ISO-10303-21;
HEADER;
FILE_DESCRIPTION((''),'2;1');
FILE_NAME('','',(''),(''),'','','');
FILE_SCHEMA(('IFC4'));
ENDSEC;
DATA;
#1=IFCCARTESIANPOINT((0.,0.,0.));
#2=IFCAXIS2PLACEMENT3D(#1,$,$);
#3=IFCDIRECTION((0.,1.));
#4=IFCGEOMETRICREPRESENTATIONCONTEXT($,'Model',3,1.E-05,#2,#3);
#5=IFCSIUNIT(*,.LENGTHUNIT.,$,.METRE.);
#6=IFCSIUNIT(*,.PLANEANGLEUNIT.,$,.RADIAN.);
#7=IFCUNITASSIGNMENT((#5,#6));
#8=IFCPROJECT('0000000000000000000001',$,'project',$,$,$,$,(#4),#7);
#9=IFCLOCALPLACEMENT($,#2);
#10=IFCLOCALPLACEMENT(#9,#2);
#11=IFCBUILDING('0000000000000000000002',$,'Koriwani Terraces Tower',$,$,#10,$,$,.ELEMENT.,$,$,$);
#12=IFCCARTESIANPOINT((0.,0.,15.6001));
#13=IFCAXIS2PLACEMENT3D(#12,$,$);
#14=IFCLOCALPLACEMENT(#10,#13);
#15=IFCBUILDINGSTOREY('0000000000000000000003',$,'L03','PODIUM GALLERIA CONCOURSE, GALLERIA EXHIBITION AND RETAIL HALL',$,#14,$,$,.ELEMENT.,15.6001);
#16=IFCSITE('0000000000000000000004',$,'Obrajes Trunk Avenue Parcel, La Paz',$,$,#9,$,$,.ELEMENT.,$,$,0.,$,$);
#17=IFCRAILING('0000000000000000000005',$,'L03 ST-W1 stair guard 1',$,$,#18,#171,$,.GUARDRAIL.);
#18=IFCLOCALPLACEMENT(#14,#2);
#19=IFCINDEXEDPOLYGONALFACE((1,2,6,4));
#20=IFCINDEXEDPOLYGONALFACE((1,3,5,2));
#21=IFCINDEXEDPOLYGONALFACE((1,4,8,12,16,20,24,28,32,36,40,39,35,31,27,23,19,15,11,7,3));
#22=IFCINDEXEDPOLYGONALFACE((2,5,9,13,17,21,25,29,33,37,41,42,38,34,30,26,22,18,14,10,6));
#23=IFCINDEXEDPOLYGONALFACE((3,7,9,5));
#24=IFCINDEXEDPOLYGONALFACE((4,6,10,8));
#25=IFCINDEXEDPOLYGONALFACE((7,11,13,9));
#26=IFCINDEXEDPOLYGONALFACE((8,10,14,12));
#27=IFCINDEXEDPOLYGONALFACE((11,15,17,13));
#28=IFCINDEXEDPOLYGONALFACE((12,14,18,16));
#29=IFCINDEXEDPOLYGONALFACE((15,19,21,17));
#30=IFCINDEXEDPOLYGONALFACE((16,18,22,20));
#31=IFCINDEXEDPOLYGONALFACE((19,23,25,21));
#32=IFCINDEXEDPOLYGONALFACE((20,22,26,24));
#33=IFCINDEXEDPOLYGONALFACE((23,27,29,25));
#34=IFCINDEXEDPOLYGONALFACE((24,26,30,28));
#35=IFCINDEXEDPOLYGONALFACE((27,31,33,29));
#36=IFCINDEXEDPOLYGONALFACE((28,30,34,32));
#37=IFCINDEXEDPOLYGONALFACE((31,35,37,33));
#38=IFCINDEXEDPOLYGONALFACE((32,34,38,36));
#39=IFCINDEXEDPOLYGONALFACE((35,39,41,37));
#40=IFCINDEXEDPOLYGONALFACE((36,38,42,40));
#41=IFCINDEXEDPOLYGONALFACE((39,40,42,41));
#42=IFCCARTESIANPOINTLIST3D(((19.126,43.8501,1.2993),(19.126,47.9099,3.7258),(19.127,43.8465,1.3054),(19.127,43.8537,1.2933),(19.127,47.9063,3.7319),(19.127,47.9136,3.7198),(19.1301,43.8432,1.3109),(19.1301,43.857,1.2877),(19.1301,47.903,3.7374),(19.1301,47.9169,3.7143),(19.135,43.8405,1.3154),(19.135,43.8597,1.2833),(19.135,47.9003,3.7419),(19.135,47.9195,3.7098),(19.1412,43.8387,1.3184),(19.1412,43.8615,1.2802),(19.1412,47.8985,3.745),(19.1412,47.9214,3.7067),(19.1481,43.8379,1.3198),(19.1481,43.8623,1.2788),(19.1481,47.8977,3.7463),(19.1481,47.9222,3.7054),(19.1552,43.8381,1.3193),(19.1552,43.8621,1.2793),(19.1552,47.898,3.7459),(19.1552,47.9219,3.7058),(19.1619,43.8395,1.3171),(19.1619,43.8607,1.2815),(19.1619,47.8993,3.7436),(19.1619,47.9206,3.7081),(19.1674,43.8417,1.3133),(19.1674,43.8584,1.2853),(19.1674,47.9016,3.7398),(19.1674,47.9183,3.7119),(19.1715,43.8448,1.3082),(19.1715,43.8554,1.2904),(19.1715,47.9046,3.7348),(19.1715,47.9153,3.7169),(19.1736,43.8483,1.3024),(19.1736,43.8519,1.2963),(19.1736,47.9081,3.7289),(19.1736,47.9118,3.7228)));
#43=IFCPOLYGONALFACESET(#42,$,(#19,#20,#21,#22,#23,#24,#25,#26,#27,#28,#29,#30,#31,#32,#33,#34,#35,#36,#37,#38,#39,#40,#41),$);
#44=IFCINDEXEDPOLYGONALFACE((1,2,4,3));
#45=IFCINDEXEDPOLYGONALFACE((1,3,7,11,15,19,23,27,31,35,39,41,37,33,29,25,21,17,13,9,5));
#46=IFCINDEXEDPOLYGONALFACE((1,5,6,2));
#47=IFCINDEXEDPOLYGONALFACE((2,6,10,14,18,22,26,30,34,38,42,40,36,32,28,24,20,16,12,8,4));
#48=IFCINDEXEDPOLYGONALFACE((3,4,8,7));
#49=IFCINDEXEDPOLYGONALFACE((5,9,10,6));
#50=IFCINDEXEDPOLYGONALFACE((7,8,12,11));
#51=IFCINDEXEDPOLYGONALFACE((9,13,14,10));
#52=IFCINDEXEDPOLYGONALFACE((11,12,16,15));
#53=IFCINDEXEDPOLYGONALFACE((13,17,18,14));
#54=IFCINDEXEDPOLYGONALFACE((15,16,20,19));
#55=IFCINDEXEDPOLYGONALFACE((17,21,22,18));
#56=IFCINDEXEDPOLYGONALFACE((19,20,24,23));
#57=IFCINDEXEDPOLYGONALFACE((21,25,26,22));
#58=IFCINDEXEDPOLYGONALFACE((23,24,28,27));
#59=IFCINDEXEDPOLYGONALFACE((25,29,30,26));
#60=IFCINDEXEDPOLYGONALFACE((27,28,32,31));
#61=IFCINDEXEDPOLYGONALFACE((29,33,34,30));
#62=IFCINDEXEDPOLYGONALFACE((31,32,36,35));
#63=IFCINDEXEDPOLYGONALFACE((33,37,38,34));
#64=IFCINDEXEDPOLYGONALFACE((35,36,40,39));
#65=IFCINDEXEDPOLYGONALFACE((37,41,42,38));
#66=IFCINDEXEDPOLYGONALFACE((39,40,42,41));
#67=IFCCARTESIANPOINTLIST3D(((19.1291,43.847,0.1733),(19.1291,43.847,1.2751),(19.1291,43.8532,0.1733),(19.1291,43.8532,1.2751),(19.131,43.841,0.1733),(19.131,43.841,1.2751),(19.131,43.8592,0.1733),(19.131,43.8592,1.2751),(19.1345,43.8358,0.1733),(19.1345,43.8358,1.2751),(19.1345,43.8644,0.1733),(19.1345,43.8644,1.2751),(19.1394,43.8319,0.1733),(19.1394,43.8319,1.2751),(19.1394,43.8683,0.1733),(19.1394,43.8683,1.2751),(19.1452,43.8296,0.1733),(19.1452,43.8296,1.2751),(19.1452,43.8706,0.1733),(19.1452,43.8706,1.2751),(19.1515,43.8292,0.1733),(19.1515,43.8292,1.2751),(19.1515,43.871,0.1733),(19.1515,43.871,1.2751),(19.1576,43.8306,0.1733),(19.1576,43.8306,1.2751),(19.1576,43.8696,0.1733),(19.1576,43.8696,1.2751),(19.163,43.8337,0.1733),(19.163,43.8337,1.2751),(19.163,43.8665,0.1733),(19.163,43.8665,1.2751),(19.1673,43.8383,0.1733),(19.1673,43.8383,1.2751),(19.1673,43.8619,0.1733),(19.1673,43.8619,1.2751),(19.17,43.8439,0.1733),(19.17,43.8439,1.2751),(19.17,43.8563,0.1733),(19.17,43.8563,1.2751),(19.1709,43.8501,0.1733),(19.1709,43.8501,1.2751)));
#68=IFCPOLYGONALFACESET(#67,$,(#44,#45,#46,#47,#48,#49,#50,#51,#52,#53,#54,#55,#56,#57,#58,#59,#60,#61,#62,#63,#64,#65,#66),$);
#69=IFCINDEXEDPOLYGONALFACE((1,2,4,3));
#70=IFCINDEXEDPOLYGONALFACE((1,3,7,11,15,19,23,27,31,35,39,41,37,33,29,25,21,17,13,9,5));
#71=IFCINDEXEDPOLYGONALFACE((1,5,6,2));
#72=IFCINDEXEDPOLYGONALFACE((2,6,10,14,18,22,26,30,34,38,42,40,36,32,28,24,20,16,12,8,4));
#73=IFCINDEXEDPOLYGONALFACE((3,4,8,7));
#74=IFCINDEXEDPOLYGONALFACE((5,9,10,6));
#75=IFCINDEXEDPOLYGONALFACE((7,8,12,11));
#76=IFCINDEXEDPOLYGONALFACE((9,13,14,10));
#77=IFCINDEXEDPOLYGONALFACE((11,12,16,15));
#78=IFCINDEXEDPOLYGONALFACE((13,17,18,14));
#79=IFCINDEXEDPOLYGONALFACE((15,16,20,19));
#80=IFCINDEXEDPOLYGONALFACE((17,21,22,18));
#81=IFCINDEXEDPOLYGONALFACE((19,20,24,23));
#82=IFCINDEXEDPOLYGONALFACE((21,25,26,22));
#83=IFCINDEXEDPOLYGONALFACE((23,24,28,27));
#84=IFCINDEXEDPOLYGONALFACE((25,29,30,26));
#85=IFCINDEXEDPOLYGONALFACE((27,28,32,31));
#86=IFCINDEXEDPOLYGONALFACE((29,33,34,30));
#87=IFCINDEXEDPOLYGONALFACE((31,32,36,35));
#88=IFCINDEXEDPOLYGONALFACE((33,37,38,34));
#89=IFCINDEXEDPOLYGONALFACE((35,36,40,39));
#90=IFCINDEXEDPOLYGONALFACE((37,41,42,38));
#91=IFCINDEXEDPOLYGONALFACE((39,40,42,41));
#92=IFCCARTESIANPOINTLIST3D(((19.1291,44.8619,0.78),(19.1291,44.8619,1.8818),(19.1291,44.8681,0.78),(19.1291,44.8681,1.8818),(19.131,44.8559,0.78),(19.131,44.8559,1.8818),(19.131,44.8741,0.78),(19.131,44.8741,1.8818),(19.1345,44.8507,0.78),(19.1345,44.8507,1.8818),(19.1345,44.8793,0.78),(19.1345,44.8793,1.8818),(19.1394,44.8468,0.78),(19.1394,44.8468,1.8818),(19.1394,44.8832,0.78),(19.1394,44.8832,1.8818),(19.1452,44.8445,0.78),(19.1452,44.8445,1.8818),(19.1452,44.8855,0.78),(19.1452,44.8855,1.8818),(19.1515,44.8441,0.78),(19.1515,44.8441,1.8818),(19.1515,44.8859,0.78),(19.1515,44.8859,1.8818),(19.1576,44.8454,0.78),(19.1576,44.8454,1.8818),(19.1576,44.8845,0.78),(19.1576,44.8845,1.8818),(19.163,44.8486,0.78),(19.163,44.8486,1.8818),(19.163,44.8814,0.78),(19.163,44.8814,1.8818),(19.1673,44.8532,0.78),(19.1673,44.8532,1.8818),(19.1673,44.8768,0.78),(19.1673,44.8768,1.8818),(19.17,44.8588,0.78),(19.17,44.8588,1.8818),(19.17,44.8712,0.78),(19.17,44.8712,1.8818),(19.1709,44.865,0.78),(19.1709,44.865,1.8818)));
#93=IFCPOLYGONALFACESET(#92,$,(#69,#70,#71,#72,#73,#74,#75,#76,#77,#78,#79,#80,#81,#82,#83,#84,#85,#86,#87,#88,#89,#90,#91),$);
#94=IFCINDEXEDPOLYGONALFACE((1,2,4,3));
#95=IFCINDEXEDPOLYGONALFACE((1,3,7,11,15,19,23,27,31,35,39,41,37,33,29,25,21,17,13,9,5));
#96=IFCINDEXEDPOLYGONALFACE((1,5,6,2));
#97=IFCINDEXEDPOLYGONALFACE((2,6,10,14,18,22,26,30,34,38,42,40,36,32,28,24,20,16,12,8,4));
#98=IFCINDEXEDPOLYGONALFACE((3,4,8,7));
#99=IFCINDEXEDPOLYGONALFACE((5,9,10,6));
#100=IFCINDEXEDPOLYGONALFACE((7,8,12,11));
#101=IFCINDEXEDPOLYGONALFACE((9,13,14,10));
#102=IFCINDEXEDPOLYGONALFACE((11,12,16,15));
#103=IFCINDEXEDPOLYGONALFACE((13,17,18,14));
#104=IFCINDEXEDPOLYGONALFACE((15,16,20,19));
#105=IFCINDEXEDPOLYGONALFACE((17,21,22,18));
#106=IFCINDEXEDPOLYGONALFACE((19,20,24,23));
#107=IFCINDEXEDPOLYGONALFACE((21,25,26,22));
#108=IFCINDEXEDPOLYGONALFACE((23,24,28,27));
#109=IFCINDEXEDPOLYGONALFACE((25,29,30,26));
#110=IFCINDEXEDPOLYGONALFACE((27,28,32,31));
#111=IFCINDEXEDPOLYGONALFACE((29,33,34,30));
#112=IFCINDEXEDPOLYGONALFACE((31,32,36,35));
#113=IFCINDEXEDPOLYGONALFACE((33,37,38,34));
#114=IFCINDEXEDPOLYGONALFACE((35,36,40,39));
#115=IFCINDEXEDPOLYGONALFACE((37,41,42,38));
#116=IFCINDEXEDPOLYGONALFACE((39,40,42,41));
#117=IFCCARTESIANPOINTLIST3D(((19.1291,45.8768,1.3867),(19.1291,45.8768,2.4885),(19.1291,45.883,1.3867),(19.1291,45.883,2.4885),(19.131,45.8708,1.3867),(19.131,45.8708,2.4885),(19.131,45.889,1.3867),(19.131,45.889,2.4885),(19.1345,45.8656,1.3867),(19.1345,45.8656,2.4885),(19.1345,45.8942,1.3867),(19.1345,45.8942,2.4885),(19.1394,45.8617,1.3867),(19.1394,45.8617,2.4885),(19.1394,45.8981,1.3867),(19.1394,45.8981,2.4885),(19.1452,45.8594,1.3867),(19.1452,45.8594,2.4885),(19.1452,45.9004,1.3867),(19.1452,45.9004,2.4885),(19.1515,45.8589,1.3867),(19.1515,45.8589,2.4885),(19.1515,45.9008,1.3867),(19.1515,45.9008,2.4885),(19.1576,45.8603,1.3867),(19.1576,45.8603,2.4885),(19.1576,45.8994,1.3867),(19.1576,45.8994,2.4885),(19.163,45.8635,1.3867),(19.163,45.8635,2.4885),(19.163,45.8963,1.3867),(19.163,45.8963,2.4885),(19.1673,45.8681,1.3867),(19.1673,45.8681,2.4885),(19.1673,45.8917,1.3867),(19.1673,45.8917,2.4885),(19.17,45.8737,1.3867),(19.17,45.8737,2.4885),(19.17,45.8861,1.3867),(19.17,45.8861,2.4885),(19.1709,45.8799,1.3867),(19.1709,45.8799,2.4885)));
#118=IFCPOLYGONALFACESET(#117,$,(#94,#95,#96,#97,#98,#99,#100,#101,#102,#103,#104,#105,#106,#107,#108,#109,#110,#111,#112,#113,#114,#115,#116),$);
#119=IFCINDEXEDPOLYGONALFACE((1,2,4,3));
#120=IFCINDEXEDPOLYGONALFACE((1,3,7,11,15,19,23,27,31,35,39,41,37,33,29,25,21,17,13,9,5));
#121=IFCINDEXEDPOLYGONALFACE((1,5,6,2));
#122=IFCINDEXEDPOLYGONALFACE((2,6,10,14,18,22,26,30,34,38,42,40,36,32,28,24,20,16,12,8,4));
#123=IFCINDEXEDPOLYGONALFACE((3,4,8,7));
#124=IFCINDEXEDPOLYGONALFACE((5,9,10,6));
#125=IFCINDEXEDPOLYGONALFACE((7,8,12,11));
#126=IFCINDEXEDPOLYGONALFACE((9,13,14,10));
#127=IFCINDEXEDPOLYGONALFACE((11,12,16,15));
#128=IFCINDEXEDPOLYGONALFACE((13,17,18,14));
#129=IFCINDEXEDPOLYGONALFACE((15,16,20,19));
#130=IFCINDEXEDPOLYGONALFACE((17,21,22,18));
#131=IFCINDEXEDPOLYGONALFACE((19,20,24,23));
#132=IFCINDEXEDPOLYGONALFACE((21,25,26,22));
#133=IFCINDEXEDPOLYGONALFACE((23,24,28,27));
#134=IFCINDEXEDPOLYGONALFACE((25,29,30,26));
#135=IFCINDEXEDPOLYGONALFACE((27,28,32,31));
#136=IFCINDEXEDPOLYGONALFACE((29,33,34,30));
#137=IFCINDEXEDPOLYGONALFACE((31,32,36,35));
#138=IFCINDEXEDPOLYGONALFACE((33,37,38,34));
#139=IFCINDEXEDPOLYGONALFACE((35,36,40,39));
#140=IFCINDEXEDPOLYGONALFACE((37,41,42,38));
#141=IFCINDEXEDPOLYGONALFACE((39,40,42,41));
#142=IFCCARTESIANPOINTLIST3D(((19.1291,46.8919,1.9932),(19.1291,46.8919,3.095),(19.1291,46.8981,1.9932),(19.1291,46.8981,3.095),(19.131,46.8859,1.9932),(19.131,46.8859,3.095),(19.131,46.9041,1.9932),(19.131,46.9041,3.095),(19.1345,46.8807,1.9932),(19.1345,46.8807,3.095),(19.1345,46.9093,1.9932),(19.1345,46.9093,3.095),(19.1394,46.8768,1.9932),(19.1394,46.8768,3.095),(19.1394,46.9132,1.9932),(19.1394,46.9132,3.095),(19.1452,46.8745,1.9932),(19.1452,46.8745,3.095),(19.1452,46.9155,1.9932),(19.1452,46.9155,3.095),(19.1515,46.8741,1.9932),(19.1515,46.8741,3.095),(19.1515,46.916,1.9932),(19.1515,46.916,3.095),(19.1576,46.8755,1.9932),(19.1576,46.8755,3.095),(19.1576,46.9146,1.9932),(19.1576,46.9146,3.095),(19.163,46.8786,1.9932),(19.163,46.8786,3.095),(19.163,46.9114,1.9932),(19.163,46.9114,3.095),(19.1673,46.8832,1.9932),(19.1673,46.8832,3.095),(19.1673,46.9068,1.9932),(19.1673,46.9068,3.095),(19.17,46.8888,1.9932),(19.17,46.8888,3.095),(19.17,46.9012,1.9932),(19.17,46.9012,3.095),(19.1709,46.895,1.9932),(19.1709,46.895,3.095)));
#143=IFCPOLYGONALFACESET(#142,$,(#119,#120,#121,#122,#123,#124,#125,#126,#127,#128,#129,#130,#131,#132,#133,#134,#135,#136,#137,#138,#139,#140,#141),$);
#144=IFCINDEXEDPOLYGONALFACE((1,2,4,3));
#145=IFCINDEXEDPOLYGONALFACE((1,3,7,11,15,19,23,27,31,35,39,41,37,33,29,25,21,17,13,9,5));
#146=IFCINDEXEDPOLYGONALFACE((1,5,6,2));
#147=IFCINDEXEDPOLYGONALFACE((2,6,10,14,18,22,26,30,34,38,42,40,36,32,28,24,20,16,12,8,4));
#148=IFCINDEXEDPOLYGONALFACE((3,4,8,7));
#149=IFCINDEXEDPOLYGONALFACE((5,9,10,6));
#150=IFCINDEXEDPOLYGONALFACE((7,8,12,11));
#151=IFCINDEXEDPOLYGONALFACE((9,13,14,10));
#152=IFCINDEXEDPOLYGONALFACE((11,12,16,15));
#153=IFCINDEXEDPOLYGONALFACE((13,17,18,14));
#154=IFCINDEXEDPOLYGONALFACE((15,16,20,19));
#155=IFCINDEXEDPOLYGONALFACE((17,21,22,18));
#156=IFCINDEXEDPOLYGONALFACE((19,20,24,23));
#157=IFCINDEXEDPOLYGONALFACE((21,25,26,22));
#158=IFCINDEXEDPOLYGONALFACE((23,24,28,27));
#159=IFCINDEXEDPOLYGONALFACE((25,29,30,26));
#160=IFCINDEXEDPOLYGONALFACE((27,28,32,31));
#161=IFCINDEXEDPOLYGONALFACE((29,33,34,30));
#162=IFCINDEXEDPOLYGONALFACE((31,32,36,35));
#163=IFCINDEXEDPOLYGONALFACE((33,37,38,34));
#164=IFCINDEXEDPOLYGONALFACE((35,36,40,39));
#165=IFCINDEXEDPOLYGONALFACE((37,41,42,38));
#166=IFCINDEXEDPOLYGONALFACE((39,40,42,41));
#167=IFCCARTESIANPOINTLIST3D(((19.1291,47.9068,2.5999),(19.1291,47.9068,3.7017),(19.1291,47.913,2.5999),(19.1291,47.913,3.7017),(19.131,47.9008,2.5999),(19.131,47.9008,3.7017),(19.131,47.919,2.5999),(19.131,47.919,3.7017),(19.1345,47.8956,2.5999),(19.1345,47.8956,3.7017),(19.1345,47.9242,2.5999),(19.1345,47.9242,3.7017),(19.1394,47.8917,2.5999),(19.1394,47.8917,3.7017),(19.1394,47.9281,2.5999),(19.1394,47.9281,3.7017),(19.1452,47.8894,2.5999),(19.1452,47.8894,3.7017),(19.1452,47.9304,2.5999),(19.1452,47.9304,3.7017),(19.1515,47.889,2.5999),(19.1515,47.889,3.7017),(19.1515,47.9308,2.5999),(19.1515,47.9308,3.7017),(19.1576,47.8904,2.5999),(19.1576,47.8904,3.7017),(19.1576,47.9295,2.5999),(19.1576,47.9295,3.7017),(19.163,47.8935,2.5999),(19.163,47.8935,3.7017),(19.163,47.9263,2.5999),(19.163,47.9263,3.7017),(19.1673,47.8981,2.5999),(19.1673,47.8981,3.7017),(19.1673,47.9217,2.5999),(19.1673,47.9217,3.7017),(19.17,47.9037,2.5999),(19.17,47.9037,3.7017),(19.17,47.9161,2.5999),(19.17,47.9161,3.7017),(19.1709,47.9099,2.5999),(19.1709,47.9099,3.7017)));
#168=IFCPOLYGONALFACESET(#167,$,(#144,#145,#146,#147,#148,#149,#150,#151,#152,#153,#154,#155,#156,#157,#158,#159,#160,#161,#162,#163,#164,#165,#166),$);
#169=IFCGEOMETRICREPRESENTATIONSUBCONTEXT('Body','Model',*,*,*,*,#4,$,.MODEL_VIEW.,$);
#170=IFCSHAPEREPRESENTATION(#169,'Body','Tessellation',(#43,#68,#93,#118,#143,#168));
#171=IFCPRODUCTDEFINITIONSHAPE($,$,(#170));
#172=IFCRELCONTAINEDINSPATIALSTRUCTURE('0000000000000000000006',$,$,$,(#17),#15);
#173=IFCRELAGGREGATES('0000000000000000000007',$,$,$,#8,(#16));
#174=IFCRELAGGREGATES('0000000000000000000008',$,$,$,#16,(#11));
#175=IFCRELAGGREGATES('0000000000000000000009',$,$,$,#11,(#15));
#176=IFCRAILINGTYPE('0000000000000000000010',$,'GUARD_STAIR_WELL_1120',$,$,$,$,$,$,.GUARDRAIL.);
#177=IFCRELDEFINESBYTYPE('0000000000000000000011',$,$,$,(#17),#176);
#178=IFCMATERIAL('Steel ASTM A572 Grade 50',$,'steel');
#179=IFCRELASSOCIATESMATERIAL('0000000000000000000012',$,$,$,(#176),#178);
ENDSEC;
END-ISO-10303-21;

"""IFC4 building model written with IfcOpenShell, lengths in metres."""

from ifc_helpers import new_model, si_unit, direction, frame, origin, origin_2d, place, context, subcontext, project, spatial, circle, extrude, material, type_object, element, save


model = new_model("IFC4")

# Units and contexts
model_context = context("Model", 3, precision=1e-05, world=origin(), true_north=direction((0.0, 1.0)))
body_context = subcontext(model_context, "Body", "Model", "MODEL_VIEW")
ifc_project = project(units=[si_unit("LENGTHUNIT", "METRE"), si_unit("PLANEANGLEUNIT", "RADIAN")], contexts=[model_context])

# Site, building, storey
site_placement = place(None, origin())
site = spatial("IfcSite", under=ifc_project, at=site_placement, Name="Obrajes Trunk Avenue Parcel, La Paz", CompositionType="ELEMENT", RefElevation=0.0)
building_placement = place(site_placement, origin())
building = spatial("IfcBuilding", under=site, at=building_placement, Name="Koriwani Terraces Tower", CompositionType="ELEMENT")
storey_placement = place(building_placement, frame((0.0, 0.0, 15.6001)))
storey = spatial("IfcBuildingStorey", under=building, at=storey_placement, Name="L03", Description="PODIUM GALLERIA CONCOURSE, GALLERIA EXHIBITION AND RETAIL HALL", CompositionType="ELEMENT", Elevation=15.6001)

# Shared definitions
ifc_material_1 = material(Name="Steel ASTM A572 Grade 50", Category="steel")

# Railing
railing_type_1 = type_object("IfcRailingType", Name="GUARD_STAIR_WELL_1120", PredefinedType="GUARDRAIL", material=ifc_material_1)
railing_1_placement = place(storey_placement, frame((19.1499, 43.8501, 0.1733)))
element("IfcRailing", 1, at=railing_1_placement, inside=storey, type_object=railing_type_1, Name="L03 ST-W1 stair guard 1", PredefinedType="GUARDRAIL", context=body_context, shape_type="SweptSolid", body=[
    extrude(circle(Radius=0.0239, at=origin_2d()), frame((0.0, 0.0, 1.126), z_axis=(0.0, 0.858366, 0.513038), x_axis=(-1.0, 0.0, 0.0)), (0.0, 0.0, 1.0), 4.7297),
    extrude(circle(Radius=0.021, at=origin_2d()), origin(), (0.0, 0.0, 1.0), 1.1018),
    extrude(circle(Radius=0.021, at=origin_2d()), frame((0.0, 1.0149, 0.6067)), (0.0, 0.0, 1.0), 1.1018),
    extrude(circle(Radius=0.021, at=origin_2d()), frame((0.0, 2.0298, 1.2134)), (0.0, 0.0, 1.0), 1.1018),
    extrude(circle(Radius=0.021, at=origin_2d()), frame((0.0, 3.0449, 1.8198)), (0.0, 0.0, 1.0), 1.1018),
    extrude(circle(Radius=0.021, at=origin_2d()), frame((0.0, 4.0598, 2.4265)), (0.0, 0.0, 1.0), 1.1018),
])

save(model, "model.ifc")
